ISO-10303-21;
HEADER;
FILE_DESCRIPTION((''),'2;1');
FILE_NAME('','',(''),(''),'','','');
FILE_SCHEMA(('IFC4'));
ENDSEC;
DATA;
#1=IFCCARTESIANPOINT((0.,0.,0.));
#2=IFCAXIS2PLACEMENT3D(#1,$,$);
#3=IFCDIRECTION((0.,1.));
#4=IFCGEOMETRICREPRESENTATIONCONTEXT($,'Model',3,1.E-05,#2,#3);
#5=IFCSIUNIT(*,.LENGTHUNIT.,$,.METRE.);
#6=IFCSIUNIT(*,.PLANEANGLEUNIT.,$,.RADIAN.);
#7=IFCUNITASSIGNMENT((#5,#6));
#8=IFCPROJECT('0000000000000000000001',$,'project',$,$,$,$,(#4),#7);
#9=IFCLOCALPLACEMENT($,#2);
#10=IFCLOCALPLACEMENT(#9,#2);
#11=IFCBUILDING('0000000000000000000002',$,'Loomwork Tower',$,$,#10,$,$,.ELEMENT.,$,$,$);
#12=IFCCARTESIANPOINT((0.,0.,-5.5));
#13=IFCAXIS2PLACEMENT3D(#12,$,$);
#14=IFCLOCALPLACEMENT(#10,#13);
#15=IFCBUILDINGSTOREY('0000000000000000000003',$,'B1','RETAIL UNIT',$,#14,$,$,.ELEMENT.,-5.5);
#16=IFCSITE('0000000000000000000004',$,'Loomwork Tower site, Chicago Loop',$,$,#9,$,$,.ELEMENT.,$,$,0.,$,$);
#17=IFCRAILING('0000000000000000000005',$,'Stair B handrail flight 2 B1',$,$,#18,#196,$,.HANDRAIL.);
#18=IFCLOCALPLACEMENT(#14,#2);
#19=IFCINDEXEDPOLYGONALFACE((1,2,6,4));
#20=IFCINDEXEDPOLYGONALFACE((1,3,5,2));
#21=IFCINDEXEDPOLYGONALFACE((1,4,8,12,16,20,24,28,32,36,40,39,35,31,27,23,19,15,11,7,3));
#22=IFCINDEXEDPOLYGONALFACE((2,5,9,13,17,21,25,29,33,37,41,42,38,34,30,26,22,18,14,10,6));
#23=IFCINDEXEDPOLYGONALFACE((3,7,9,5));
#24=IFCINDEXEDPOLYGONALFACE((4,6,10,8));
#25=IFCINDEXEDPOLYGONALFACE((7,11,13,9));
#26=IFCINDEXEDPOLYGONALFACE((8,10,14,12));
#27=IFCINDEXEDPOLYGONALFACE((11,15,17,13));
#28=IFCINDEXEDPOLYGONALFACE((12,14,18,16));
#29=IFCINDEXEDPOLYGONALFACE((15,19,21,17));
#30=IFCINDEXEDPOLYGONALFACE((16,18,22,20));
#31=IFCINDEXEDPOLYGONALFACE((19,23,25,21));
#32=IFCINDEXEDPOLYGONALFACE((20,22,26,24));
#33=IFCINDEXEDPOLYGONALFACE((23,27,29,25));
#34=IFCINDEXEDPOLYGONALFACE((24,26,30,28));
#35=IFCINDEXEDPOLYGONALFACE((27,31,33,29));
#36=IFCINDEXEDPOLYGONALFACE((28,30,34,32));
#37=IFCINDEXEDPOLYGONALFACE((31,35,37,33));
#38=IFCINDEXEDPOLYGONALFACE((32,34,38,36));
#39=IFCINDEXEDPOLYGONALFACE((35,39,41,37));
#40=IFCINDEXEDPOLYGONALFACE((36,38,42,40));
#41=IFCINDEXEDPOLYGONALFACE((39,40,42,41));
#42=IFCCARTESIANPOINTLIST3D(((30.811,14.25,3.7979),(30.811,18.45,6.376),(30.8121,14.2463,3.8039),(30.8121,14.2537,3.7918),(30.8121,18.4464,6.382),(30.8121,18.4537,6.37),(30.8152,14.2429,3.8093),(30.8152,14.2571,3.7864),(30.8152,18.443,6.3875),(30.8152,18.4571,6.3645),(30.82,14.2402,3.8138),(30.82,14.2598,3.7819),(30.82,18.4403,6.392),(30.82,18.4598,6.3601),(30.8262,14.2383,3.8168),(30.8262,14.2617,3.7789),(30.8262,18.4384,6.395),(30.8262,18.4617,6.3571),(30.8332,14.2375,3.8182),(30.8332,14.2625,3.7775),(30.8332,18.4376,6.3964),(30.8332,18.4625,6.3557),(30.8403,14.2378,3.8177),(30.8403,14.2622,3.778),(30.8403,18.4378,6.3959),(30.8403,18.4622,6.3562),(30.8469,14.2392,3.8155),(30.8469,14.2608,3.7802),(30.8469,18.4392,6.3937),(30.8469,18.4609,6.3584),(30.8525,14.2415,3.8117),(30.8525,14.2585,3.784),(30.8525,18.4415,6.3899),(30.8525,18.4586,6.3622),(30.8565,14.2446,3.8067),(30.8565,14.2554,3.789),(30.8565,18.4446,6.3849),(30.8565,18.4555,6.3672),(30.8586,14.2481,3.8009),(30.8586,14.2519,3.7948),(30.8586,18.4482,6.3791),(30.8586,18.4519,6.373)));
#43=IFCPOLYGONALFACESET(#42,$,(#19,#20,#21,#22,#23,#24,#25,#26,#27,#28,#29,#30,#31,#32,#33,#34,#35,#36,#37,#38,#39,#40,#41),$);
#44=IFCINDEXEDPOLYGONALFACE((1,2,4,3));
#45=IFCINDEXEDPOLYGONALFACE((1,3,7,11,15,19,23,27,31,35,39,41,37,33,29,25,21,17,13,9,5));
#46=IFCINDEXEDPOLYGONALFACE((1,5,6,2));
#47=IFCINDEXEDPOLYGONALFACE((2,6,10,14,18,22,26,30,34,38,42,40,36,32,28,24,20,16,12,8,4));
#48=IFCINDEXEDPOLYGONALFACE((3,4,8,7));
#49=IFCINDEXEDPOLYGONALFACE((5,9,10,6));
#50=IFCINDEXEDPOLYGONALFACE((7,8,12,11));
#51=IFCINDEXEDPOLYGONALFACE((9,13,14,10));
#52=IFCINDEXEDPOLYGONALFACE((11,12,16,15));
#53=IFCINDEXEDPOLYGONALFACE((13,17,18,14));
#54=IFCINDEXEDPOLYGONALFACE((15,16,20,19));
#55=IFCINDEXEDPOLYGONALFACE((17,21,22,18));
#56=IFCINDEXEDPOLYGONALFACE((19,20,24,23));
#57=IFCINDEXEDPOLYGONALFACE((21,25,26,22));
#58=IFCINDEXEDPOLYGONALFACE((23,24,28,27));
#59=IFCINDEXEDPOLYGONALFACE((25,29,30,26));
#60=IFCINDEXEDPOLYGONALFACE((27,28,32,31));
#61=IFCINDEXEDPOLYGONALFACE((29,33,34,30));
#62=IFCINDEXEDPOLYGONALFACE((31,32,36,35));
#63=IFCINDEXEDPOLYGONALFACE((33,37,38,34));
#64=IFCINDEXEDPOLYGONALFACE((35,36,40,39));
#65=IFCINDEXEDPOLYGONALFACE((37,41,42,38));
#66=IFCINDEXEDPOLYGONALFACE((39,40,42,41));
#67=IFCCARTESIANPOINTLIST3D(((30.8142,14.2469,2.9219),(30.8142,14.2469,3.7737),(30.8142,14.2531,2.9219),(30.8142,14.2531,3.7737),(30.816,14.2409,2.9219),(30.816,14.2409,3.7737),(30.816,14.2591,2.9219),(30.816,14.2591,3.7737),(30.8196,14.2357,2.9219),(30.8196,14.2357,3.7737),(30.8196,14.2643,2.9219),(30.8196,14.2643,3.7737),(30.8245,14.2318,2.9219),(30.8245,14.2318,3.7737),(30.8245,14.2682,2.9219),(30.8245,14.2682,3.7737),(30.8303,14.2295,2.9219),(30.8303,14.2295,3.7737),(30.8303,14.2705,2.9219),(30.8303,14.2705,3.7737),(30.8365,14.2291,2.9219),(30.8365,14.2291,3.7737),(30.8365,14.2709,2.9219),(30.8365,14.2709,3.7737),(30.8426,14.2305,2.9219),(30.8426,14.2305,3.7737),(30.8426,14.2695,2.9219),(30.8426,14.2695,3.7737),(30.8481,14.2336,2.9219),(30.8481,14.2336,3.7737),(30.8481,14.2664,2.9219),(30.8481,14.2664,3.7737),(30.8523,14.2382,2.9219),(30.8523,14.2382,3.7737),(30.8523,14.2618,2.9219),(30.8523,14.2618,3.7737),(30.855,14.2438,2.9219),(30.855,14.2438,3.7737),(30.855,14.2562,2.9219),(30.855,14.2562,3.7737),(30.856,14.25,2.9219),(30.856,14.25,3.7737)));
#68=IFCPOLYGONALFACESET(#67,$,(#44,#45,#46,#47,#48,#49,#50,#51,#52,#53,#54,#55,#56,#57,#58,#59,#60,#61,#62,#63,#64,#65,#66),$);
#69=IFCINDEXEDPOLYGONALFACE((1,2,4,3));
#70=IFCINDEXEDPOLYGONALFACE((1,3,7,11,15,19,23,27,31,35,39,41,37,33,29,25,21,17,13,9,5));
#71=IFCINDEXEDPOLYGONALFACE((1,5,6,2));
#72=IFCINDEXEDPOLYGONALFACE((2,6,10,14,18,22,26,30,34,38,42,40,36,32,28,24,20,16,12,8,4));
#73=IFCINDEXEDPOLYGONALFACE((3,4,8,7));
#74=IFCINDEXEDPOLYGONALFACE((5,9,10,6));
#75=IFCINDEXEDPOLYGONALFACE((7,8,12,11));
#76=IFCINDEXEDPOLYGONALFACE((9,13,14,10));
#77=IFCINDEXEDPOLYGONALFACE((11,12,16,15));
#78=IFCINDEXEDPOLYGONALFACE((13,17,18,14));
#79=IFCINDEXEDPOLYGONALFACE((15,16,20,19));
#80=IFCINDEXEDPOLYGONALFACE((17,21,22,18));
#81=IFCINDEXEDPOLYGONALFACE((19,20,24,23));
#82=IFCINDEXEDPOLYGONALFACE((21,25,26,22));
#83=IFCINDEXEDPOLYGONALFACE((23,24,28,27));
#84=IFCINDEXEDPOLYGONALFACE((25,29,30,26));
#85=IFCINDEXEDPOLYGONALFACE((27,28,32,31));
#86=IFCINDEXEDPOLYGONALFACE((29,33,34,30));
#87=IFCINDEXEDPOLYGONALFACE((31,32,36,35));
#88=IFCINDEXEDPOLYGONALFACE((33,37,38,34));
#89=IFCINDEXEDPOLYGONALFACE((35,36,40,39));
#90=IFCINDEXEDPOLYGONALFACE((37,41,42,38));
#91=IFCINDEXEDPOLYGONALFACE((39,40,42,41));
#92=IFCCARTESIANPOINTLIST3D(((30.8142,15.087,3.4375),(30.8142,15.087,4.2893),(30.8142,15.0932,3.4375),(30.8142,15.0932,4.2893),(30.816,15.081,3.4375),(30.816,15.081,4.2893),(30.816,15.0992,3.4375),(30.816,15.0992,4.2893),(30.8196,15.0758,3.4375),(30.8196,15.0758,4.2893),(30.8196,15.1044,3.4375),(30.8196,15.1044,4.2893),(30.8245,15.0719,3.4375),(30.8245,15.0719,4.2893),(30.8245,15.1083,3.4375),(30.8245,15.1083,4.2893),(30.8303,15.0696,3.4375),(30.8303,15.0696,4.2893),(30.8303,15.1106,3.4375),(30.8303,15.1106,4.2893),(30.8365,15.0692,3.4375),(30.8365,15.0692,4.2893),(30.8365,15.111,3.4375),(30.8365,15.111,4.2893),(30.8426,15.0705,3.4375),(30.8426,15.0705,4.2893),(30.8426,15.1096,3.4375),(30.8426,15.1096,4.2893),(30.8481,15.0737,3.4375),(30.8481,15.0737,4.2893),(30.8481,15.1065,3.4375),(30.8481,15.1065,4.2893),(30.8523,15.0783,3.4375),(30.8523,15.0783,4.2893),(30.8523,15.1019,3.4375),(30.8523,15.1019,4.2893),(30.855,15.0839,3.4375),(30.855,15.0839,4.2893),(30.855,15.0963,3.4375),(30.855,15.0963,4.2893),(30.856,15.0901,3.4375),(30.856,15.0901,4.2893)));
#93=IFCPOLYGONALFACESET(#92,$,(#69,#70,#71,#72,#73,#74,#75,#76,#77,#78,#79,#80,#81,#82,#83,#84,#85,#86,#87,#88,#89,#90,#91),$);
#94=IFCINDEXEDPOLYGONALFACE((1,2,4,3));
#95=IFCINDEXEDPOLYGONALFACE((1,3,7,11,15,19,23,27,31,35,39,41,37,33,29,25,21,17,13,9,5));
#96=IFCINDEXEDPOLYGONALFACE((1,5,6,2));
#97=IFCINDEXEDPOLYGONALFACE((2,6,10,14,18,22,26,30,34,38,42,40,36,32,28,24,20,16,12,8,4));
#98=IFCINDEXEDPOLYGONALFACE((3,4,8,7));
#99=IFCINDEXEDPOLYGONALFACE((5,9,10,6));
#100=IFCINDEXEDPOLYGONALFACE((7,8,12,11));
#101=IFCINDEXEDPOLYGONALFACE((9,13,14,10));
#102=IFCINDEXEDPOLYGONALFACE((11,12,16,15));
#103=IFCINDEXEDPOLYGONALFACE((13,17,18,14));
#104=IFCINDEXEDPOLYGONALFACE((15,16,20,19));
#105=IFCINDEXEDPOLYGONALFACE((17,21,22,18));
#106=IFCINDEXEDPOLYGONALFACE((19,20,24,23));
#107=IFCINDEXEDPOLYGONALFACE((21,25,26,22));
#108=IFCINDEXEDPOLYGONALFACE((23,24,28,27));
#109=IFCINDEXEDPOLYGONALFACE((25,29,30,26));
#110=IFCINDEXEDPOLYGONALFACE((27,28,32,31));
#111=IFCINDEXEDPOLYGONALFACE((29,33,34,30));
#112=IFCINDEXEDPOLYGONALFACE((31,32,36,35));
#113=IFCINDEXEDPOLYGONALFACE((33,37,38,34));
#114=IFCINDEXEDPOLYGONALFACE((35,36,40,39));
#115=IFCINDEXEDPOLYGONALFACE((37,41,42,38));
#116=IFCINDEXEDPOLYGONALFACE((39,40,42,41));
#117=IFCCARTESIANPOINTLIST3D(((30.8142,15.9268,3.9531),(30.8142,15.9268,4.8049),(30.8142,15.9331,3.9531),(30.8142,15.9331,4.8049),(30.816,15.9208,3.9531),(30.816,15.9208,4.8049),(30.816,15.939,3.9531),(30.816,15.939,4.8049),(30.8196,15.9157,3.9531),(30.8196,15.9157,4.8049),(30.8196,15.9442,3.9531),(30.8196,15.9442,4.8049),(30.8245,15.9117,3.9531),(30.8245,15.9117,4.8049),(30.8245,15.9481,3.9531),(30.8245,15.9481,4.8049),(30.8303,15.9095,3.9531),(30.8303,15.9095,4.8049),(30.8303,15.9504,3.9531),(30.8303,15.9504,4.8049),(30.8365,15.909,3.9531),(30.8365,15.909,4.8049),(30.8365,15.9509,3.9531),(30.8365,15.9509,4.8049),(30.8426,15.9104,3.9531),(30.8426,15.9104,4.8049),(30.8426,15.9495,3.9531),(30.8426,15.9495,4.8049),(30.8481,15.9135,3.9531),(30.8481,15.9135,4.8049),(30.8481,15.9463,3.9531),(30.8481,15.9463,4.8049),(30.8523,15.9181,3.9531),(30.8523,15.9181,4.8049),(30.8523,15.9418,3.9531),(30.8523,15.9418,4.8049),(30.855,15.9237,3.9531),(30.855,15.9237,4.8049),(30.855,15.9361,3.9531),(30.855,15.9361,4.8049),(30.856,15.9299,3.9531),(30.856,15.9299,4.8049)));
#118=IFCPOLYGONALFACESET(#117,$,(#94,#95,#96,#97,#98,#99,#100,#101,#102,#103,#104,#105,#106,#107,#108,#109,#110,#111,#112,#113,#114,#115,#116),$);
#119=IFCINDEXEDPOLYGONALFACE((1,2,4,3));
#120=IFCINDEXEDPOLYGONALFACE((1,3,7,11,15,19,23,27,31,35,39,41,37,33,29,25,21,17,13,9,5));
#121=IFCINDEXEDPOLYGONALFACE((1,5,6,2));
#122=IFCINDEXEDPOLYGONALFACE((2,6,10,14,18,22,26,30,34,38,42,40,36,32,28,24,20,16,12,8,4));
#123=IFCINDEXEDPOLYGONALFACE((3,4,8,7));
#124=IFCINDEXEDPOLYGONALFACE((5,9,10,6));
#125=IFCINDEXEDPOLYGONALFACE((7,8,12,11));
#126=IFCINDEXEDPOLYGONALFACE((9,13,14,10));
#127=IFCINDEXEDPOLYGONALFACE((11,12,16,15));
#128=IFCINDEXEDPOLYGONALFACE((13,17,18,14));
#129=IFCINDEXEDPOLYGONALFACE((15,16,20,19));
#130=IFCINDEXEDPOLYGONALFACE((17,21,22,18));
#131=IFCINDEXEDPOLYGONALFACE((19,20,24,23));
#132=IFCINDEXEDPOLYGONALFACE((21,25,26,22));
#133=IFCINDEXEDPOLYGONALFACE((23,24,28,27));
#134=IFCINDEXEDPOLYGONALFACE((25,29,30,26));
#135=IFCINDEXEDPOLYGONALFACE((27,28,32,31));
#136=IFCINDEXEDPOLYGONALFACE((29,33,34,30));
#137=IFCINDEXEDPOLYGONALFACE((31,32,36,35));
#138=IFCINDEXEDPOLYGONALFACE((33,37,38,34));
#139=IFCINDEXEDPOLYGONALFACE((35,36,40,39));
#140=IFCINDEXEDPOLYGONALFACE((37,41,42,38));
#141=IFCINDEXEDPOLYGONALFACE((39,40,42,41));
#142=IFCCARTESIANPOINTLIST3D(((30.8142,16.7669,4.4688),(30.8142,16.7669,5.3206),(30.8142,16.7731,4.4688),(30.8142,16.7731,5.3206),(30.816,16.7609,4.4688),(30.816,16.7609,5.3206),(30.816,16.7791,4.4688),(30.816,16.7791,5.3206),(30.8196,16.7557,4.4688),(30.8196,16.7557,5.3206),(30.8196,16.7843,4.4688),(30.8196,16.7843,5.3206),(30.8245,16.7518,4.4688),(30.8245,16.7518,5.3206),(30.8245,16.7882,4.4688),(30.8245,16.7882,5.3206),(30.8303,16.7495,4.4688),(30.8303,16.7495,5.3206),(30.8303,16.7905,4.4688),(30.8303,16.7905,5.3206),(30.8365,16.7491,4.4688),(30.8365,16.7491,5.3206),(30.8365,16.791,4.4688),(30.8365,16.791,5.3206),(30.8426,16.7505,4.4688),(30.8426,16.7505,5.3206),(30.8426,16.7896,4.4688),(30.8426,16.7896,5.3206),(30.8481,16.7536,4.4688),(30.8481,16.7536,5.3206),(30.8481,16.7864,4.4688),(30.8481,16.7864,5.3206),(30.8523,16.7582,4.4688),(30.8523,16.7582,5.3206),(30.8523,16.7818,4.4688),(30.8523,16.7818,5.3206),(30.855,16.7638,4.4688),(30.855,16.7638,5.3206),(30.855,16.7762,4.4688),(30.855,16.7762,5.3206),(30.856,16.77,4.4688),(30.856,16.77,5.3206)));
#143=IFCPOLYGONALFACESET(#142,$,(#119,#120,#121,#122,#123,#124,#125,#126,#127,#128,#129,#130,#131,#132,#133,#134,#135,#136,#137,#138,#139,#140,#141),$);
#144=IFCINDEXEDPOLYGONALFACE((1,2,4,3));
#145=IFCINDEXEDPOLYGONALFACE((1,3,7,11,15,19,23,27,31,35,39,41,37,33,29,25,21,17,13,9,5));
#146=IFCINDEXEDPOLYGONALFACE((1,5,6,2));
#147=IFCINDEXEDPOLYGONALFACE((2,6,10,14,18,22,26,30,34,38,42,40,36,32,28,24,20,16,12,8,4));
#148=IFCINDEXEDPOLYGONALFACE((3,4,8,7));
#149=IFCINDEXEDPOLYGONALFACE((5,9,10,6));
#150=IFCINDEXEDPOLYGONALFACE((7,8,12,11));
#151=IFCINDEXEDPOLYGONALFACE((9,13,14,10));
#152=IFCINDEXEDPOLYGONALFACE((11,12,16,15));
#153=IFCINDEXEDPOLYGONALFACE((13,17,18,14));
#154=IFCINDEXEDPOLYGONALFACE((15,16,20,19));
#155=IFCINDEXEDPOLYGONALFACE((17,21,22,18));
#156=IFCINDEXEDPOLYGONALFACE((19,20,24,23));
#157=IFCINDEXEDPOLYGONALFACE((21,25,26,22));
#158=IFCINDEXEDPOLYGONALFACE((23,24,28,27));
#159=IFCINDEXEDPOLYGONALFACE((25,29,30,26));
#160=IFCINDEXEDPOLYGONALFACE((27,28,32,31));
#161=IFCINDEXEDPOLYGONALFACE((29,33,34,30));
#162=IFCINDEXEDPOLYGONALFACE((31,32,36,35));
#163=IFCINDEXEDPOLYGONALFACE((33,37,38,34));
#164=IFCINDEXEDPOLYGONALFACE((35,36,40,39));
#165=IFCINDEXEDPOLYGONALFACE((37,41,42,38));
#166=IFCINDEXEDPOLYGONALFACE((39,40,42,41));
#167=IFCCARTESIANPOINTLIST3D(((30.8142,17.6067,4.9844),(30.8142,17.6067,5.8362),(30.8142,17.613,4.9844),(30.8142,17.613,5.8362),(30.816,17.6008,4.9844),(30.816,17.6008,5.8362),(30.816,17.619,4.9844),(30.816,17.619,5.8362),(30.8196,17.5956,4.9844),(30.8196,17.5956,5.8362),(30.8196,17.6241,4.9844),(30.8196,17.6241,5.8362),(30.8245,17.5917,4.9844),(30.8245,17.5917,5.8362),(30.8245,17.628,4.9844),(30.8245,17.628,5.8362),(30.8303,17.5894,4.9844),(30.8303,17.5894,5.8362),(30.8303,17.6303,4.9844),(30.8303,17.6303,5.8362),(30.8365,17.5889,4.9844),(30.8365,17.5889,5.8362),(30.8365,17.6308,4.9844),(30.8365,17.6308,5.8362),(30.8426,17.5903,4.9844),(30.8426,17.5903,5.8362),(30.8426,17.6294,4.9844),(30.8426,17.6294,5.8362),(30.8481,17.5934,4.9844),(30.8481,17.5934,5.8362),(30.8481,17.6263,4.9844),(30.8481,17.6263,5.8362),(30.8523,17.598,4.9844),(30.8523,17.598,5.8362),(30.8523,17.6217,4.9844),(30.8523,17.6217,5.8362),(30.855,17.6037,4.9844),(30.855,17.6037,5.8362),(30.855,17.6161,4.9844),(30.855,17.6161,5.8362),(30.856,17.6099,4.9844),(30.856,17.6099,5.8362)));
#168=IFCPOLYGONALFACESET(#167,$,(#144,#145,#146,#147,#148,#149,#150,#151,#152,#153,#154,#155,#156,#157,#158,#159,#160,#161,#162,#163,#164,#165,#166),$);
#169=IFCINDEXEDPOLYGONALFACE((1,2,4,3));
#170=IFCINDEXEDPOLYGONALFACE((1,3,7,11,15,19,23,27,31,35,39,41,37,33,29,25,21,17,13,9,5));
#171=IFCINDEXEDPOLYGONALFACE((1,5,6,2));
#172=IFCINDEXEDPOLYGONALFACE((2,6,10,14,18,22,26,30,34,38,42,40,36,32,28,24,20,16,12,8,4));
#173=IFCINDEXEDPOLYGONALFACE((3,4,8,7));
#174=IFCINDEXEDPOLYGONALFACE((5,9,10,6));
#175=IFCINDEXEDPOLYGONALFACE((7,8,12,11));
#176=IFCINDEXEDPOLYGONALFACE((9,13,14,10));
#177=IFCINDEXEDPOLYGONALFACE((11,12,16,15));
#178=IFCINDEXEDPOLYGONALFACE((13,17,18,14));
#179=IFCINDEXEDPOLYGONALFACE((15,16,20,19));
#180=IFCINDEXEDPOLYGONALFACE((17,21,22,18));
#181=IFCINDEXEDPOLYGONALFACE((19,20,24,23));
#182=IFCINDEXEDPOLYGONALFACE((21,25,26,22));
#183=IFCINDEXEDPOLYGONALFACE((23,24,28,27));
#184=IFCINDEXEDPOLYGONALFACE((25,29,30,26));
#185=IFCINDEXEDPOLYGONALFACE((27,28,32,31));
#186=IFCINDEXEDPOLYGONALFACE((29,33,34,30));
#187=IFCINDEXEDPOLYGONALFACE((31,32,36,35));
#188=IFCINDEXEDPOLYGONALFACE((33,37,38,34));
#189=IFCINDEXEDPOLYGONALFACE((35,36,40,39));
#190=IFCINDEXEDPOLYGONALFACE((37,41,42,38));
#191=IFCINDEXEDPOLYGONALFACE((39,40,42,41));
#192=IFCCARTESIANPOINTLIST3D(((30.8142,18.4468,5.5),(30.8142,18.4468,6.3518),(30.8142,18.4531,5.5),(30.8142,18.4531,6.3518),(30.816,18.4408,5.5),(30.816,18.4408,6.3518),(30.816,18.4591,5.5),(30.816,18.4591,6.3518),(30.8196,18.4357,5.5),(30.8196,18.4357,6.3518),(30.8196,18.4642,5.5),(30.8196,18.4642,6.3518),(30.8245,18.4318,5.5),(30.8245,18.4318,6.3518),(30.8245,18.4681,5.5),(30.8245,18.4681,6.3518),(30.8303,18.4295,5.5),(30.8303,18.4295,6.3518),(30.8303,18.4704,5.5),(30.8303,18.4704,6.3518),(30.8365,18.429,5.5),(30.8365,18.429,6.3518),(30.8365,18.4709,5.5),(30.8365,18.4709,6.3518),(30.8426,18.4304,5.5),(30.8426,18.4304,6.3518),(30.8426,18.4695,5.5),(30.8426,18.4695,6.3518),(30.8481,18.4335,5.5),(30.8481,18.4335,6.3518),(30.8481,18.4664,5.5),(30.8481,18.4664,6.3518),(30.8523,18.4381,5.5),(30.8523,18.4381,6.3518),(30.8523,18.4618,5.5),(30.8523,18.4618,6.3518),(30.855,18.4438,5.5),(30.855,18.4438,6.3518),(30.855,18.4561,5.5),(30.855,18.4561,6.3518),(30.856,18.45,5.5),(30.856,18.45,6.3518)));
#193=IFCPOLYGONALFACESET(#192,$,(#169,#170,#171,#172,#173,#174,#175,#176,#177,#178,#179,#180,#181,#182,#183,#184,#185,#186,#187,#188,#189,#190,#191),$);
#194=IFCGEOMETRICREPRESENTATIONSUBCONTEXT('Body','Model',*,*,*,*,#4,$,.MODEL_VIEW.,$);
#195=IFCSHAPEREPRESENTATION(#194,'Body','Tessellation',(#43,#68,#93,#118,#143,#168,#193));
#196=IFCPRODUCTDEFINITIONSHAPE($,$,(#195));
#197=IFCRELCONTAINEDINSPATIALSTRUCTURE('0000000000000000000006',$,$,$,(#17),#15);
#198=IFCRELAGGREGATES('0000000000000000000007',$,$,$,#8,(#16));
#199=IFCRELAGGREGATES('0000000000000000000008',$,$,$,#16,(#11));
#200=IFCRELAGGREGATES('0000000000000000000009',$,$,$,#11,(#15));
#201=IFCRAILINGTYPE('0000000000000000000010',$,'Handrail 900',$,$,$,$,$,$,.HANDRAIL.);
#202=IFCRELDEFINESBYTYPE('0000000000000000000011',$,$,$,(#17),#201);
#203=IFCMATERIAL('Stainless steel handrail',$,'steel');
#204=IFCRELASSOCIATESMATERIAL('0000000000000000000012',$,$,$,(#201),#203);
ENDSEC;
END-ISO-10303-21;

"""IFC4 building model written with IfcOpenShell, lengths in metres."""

from ifc_helpers import new_model, si_unit, direction, frame, origin, origin_2d, place, context, subcontext, project, spatial, circle, extrude, material, type_object, element, save


model = new_model("IFC4")

# Units and contexts
model_context = context("Model", 3, precision=1e-05, world=origin(), true_north=direction((0.0, 1.0)))
body_context = subcontext(model_context, "Body", "Model", "MODEL_VIEW")
ifc_project = project(units=[si_unit("LENGTHUNIT", "METRE"), si_unit("PLANEANGLEUNIT", "RADIAN")], contexts=[model_context])

# Site, building, storey
site_placement = place(None, origin())
site = spatial("IfcSite", under=ifc_project, at=site_placement, Name="Loomwork Tower site, Chicago Loop", CompositionType="ELEMENT", RefElevation=0.0)
building_placement = place(site_placement, origin())
building = spatial("IfcBuilding", under=site, at=building_placement, Name="Loomwork Tower", CompositionType="ELEMENT")
storey_placement = place(building_placement, frame((0.0, 0.0, -5.5)))
storey = spatial("IfcBuildingStorey", under=building, at=storey_placement, Name="B1", Description="RETAIL UNIT", CompositionType="ELEMENT", Elevation=-5.5)

# Railing
ifc_material_1 = material(Name="Stainless steel handrail", Category="steel")
railing_type = type_object("IfcRailingType", Name="Handrail 900", PredefinedType="HANDRAIL", material=ifc_material_1)
railing_1_placement = place(storey_placement, frame((30.835, 14.25, 2.9219)))
element("IfcRailing", 1, at=railing_1_placement, inside=storey, type_object=railing_type, Name="Stair B handrail flight 2 B1", PredefinedType="HANDRAIL", context=body_context, shape_type="SweptSolid", body=[
    extrude(circle(Radius=0.0239, at=origin_2d()), frame((0.0, 0.0, 0.876), z_axis=(0.0, 0.852243, 0.523146), x_axis=(-1.0, 0.0, 0.0)), (0.0, 0.0, 1.0), 4.9282),
    extrude(circle(Radius=0.021, at=origin_2d()), origin(), (0.0, 0.0, 1.0), 0.8518),
    extrude(circle(Radius=0.021, at=origin_2d()), frame((0.0, 0.8401, 0.5156)), (0.0, 0.0, 1.0), 0.8518),
    extrude(circle(Radius=0.021, at=origin_2d()), frame((0.0, 1.6799, 1.0312)), (0.0, 0.0, 1.0), 0.8518),
    extrude(circle(Radius=0.021, at=origin_2d()), frame((0.0, 2.52, 1.5469)), (0.0, 0.0, 1.0), 0.8518),
    extrude(circle(Radius=0.021, at=origin_2d()), frame((0.0, 3.3599, 2.0625)), (0.0, 0.0, 1.0), 0.8518),
    extrude(circle(Radius=0.021, at=origin_2d()), frame((0.0, 4.2, 2.5781)), (0.0, 0.0, 1.0), 0.8518),
])

save(model, "model.ifc")
